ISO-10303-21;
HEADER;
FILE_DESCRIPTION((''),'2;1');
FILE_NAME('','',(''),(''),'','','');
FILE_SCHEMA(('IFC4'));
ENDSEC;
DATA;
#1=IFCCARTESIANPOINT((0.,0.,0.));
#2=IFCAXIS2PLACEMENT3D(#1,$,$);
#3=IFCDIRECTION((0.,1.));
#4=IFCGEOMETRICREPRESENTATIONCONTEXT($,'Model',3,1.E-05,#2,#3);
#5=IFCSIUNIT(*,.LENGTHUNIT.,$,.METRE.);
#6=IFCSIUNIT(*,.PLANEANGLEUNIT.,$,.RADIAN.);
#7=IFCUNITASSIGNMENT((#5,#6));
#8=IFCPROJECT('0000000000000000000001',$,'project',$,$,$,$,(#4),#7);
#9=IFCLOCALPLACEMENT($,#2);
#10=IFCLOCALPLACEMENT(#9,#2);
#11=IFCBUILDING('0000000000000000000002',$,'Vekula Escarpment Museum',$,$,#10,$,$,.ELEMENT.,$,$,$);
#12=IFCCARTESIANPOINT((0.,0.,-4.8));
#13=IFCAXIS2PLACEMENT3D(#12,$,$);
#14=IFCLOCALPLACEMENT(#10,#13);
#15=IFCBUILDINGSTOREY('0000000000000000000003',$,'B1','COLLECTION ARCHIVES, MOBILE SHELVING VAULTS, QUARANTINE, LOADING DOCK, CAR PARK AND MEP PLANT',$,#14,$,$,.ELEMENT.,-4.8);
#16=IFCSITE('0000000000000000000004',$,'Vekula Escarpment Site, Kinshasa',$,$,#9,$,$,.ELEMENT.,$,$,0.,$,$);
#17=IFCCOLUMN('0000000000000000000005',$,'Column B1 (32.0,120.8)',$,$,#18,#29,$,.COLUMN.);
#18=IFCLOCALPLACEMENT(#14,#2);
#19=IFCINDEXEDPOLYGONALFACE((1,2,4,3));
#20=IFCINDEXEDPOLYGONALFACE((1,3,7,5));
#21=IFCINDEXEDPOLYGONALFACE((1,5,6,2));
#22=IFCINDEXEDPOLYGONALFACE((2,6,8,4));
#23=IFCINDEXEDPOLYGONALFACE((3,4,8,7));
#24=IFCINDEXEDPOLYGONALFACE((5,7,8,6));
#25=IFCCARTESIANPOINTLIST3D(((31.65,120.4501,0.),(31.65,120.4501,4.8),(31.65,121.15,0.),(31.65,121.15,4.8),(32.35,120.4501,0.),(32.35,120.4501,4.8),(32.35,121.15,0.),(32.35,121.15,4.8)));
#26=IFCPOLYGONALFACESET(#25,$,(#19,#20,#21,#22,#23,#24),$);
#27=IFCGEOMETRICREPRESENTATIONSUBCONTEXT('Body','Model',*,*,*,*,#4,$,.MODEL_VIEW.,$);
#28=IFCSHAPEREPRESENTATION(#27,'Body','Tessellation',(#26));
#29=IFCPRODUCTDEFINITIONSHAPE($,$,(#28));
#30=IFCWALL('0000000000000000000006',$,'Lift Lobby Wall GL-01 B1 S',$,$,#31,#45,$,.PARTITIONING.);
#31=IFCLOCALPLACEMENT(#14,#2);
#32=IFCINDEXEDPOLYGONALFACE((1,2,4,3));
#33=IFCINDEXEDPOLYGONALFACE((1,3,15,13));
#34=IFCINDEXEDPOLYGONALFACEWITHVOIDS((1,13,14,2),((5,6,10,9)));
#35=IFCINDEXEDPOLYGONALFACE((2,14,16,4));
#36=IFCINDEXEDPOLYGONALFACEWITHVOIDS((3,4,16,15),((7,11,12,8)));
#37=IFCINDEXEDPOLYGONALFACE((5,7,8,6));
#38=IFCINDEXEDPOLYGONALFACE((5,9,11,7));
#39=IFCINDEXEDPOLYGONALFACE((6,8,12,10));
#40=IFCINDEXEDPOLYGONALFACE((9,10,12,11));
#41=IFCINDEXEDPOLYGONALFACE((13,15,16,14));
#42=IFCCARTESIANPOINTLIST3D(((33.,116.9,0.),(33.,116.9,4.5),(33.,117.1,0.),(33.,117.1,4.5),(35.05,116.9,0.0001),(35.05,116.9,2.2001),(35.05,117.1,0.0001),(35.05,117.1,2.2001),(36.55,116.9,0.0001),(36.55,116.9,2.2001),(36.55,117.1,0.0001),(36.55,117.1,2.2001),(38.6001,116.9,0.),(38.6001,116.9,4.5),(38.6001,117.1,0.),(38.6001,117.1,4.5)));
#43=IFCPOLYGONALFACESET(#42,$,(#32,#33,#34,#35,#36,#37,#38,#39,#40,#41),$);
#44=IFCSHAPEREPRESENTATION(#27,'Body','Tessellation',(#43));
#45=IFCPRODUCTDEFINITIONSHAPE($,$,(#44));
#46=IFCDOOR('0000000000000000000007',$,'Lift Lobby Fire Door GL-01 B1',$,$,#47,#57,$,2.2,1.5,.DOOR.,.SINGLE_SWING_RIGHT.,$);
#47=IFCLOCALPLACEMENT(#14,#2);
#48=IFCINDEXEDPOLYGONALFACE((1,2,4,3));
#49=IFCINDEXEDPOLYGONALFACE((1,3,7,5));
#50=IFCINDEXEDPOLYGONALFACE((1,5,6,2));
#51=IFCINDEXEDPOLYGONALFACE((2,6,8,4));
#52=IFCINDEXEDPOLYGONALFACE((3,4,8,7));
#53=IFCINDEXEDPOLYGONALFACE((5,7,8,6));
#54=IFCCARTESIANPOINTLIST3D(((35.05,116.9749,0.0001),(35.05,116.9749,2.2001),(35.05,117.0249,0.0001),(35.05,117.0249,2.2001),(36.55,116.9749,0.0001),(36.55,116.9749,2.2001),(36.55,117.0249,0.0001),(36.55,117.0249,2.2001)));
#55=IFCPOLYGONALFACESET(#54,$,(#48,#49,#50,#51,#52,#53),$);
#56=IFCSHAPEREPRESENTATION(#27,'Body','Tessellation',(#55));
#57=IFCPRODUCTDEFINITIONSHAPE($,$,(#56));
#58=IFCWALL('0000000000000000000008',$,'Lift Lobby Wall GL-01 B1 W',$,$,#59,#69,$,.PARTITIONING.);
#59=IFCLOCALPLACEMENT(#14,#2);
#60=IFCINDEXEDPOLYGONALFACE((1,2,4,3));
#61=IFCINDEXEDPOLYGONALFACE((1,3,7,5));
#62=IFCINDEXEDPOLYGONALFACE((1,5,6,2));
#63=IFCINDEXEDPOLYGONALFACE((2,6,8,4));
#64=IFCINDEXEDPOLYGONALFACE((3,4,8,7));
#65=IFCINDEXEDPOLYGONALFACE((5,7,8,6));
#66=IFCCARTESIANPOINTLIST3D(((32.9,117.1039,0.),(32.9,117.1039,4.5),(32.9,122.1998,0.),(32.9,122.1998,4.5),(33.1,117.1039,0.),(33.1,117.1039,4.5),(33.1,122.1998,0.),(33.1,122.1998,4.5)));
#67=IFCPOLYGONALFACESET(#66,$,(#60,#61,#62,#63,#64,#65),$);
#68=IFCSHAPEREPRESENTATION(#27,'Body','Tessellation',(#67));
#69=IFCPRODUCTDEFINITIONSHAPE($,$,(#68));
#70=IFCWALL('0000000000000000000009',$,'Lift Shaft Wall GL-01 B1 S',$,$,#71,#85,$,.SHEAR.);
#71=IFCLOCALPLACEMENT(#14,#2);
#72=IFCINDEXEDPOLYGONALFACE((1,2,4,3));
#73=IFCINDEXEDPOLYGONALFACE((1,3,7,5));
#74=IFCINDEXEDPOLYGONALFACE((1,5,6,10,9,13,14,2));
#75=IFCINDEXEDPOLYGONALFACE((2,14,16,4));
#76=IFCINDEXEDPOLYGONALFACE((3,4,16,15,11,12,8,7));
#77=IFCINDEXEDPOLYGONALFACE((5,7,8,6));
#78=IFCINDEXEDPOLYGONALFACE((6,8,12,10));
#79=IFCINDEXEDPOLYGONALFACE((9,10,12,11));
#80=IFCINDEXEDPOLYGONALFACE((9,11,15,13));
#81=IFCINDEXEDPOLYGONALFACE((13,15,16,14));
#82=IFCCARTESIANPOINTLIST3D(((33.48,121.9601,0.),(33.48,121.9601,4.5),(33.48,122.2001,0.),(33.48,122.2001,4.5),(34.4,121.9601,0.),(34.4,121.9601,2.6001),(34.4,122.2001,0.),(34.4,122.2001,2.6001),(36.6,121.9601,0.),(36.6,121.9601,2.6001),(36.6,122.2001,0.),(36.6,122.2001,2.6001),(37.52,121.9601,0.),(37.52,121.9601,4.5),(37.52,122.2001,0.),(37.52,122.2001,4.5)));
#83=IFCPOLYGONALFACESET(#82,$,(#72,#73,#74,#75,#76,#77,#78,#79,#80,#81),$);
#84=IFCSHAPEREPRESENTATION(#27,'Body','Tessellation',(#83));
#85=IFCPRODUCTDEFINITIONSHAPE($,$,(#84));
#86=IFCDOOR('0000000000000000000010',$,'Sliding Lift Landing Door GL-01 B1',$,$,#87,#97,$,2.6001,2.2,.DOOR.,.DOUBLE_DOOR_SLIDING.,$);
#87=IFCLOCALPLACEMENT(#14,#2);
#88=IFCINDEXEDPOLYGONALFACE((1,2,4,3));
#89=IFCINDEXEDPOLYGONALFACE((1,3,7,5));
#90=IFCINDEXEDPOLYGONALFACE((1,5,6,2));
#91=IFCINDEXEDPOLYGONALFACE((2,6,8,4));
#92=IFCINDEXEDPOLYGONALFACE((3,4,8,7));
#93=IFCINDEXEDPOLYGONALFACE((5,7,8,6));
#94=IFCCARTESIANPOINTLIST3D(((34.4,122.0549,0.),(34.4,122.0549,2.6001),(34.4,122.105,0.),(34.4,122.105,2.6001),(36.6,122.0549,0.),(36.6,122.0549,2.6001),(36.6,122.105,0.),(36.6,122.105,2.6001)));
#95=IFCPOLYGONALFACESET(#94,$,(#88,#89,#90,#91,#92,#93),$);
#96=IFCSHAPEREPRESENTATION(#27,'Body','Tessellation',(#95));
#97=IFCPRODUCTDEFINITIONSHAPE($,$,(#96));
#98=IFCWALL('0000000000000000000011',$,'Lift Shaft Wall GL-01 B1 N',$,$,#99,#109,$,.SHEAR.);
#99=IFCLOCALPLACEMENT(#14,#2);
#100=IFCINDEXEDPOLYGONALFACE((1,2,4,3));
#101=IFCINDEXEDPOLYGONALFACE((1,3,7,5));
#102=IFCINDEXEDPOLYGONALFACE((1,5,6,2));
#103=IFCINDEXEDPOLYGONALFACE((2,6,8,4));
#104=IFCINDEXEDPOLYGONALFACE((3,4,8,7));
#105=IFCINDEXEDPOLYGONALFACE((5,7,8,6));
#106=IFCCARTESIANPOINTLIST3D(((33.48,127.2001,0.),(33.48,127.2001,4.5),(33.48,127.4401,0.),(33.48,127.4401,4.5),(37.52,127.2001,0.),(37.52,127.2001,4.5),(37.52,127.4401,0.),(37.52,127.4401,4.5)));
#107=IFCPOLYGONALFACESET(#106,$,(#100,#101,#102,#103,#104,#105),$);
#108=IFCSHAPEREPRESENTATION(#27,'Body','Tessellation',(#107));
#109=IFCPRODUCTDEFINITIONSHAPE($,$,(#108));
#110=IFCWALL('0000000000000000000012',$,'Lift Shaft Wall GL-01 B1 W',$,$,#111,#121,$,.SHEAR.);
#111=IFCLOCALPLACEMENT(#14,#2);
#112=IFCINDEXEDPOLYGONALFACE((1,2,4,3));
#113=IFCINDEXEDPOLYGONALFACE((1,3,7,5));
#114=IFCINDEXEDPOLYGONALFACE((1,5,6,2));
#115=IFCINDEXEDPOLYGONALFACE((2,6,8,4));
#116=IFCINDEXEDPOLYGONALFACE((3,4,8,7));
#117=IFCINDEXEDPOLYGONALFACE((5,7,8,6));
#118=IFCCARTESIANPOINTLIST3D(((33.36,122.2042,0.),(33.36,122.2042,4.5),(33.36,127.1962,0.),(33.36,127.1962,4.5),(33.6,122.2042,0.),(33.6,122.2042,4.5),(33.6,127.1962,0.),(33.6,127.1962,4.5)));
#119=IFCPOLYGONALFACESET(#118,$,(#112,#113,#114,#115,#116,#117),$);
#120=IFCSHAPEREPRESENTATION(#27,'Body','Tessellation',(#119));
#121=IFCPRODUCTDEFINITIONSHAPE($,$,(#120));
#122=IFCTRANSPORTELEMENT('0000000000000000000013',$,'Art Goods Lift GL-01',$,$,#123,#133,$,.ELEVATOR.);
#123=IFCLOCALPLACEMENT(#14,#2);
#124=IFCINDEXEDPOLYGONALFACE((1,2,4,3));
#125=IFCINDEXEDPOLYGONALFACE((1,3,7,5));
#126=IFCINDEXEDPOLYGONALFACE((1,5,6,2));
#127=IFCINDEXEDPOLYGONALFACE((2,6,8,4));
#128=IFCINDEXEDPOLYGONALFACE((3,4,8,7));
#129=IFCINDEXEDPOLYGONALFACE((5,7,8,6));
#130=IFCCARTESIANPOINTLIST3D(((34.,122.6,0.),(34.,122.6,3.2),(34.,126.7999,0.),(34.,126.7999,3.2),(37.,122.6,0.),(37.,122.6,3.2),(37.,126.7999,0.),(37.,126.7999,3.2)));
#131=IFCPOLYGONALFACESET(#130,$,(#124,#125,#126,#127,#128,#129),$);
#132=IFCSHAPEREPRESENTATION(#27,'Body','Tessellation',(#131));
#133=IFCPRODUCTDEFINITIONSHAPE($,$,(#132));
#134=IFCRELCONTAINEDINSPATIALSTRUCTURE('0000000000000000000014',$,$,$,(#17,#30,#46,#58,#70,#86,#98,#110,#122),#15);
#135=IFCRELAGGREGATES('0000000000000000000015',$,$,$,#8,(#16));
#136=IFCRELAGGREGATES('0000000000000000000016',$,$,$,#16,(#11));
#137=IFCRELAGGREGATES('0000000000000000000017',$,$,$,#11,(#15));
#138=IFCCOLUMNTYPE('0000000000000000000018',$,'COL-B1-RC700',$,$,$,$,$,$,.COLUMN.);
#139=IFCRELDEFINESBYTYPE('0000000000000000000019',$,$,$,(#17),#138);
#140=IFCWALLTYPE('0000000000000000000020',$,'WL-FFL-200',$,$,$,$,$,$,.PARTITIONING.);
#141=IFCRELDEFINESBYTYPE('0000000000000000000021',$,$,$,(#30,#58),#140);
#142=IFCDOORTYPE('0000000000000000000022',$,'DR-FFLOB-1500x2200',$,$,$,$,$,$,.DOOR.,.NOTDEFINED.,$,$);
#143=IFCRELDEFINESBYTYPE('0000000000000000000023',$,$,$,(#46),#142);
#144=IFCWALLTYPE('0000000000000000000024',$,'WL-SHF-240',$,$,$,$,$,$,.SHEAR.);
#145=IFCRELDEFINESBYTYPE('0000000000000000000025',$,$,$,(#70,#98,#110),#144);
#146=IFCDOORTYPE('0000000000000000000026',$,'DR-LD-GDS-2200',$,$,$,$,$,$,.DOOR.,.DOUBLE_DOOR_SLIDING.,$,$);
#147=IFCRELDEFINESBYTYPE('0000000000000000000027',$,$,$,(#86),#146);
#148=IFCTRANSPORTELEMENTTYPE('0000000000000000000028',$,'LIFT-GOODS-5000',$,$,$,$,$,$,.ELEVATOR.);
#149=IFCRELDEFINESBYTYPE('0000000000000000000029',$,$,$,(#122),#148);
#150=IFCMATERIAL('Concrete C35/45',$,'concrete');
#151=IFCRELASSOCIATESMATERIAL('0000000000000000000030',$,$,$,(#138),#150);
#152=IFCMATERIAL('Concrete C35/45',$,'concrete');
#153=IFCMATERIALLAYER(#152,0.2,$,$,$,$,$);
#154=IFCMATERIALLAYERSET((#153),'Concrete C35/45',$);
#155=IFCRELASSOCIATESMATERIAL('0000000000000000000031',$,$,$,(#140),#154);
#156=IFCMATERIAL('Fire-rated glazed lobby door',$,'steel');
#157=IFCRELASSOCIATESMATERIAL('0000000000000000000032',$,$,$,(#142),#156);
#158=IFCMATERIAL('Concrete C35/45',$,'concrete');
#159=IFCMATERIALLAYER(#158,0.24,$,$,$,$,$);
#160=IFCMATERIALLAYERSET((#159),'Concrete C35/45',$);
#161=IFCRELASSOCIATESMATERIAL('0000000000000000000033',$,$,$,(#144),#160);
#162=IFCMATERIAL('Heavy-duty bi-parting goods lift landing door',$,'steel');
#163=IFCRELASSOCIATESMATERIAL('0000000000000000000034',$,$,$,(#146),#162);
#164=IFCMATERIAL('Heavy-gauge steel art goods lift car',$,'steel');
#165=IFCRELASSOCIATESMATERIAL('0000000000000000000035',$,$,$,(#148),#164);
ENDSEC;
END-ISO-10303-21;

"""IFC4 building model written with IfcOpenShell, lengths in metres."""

from ifc_helpers import new_model, si_unit, direction, frame, frame_2d, origin, origin_2d, place, context, subcontext, project, spatial, rectangle, extrude, material, layer, layer_set, material_profile, profile_set, type_object, element, fill, save


model = new_model("IFC4")

# Units and contexts
model_context = context("Model", 3, precision=1e-05, world=origin(), true_north=direction((0.0, 1.0)))
body_context = subcontext(model_context, "Body", "Model", "MODEL_VIEW")
ifc_project = project(units=[si_unit("LENGTHUNIT", "METRE"), si_unit("PLANEANGLEUNIT", "RADIAN")], contexts=[model_context])

# Site, building, storey
site_placement = place(None, origin())
site = spatial("IfcSite", under=ifc_project, at=site_placement, Name="Vekula Escarpment Site, Kinshasa", CompositionType="ELEMENT", RefElevation=0.0)
building_placement = place(site_placement, origin())
building = spatial("IfcBuilding", under=site, at=building_placement, Name="Vekula Escarpment Museum", CompositionType="ELEMENT")
storey_placement = place(building_placement, frame((0.0, 0.0, -4.8)))
storey = spatial("IfcBuildingStorey", under=building, at=storey_placement, Name="B1", Description="COLLECTION ARCHIVES, MOBILE SHELVING VAULTS, QUARANTINE, LOADING DOCK, CAR PARK AND MEP PLANT", CompositionType="ELEMENT", Elevation=-4.8)

# Column
ifc_material_1 = material(Name="Concrete C35/45", Category="concrete")
ifc_material_profile_1 = material_profile(ifc_material_1, rectangle(XDim=0.7, YDim=0.7, at=origin_2d()), Name="RC 700x700")
ifc_profile_set_1 = profile_set([ifc_material_profile_1], Name="Concrete C35/45")
column_type = type_object("IfcColumnType", Name="COL-B1-RC700", PredefinedType="COLUMN", material=ifc_profile_set_1)
for number, where, z_axis, x_axis, name in (
    (1, (32.0, 120.8, 0.0), (0.0, 0.0, 1.0), (1.0, 0.0, 0.0), "Column B1 (32.0,120.8)"),
):
    element("IfcColumn", number, at=place(storey_placement, frame(where, z_axis=z_axis, x_axis=x_axis)), inside=storey, type_object=column_type, Name=name, PredefinedType="COLUMN", context=body_context, shape_type="SweptSolid", body=[
        extrude(rectangle(XDim=0.7, YDim=0.7, at=origin_2d()), origin(), (0.0, 0.0, 1.0), 4.8),
    ])

# Wall, opening, door
ifc_material_2 = material(Name="Concrete C35/45", Category="concrete")
ifc_layer_1 = layer(ifc_material_2, 0.2)
ifc_layer_set_1 = layer_set([ifc_layer_1], Name="Concrete C35/45")
wall_type_1 = type_object("IfcWallType", Name="WL-FFL-200", PredefinedType="PARTITIONING", material=ifc_layer_set_1)
wall_1_placement = place(storey_placement, frame((33.0, 117.0, 0.0), z_axis=(0.0, 0.0, 1.0), x_axis=(1.0, 0.0, 0.0)))
wall_1 = element("IfcWall", 2, at=wall_1_placement, inside=storey, type_object=wall_type_1, Name="Lift Lobby Wall GL-01 B1 S", PredefinedType="PARTITIONING", context=body_context, shape_type="SweptSolid", body=[
    extrude(rectangle(XDim=5.6001, YDim=0.2, at=frame_2d((2.8, 0.0))), origin(), (0.0, 0.0, 1.0), 4.5),
])
opening_1_placement = place(wall_1_placement, frame((2.05, 0.0, 0.0)))
opening_1 = element("IfcOpeningElement", 3, at=opening_1_placement, cuts=wall_1, PredefinedType="OPENING", context=body_context, shape_type="SweptSolid", body=[
    extrude(rectangle(XDim=1.5, YDim=2.2, at=frame_2d((0.75, 1.1001))), frame((0.0, 0.1099, 0.0), z_axis=(0.0, -1.0, 0.0), x_axis=(1.0, 0.0, 0.0)), (0.0, 0.0, 1.0), 0.22),
])
ifc_material_3 = material(Name="Fire-rated glazed lobby door", Category="steel")
door_type_1 = type_object("IfcDoorType", Name="DR-FFLOB-1500x2200", OperationType="NOTDEFINED", PredefinedType="DOOR", material=ifc_material_3)
door_1_placement = place(opening_1_placement, origin())
door_1 = element("IfcDoor", 4, at=door_1_placement, inside=storey, type_object=door_type_1, Name="Lift Lobby Fire Door GL-01 B1", OperationType="SINGLE_SWING_RIGHT", OverallHeight=2.2, OverallWidth=1.5, PredefinedType="DOOR", context=body_context, shape_type="SweptSolid", body=[
    extrude(rectangle(XDim=1.5, YDim=2.2, at=frame_2d((0.75, 1.1001))), frame((0.0, 0.0249, 0.0), z_axis=(0.0, -1.0, 0.0), x_axis=(1.0, 0.0, 0.0)), (0.0, 0.0, 1.0), 0.05),
])
fill(opening_1, door_1)

# Wall
wall_2_placement = place(storey_placement, frame((33.0, 117.104, 0.0), z_axis=(0.0, 0.0, 1.0), x_axis=(0.0, 1.0, 0.0)))
element("IfcWall", 5, at=wall_2_placement, inside=storey, type_object=wall_type_1, Name="Lift Lobby Wall GL-01 B1 W", PredefinedType="PARTITIONING", context=body_context, shape_type="SweptSolid", body=[
    extrude(rectangle(XDim=5.0959, YDim=0.2, at=frame_2d((2.5479, 0.0))), origin(), (0.0, 0.0, 1.0), 4.5),
])

# Wall, opening, door
ifc_material_4 = material(Name="Concrete C35/45", Category="concrete")
ifc_layer_2 = layer(ifc_material_4, 0.24)
ifc_layer_set_2 = layer_set([ifc_layer_2], Name="Concrete C35/45")
wall_type_2 = type_object("IfcWallType", Name="WL-SHF-240", PredefinedType="SHEAR", material=ifc_layer_set_2)
wall_3_placement = place(storey_placement, frame((33.48, 122.0801, 0.0), z_axis=(0.0, 0.0, 1.0), x_axis=(1.0, 0.0, 0.0)))
wall_3 = element("IfcWall", 6, at=wall_3_placement, inside=storey, type_object=wall_type_2, Name="Lift Shaft Wall GL-01 B1 S", PredefinedType="SHEAR", context=body_context, shape_type="SweptSolid", body=[
    extrude(rectangle(XDim=4.04, YDim=0.24, at=frame_2d((2.02, 0.0))), origin(), (0.0, 0.0, 1.0), 4.5),
])
opening_2_placement = place(wall_3_placement, frame((0.9199, 0.0, 0.0)))
opening_2 = element("IfcOpeningElement", 7, at=opening_2_placement, cuts=wall_3, PredefinedType="OPENING", context=body_context, shape_type="SweptSolid", body=[
    extrude(rectangle(XDim=2.2, YDim=2.6001, at=frame_2d((1.1001, 1.3))), frame((0.0, 0.1299, 0.0), z_axis=(0.0, -1.0, 0.0), x_axis=(1.0, 0.0, 0.0)), (0.0, 0.0, 1.0), 0.26),
])
ifc_material_5 = material(Name="Heavy-duty bi-parting goods lift landing door", Category="steel")
door_type_2 = type_object("IfcDoorType", Name="DR-LD-GDS-2200", OperationType="DOUBLE_DOOR_SLIDING", PredefinedType="DOOR", material=ifc_material_5)
door_2_placement = place(opening_2_placement, origin())
door_2 = element("IfcDoor", 8, at=door_2_placement, inside=storey, type_object=door_type_2, Name="Sliding Lift Landing Door GL-01 B1", OperationType="DOUBLE_DOOR_SLIDING", OverallHeight=2.6001, OverallWidth=2.2, PredefinedType="DOOR", context=body_context, shape_type="SweptSolid", body=[
    extrude(rectangle(XDim=2.2, YDim=2.6001, at=frame_2d((1.1001, 1.3))), frame((0.0, 0.0249, 0.0), z_axis=(0.0, -1.0, 0.0), x_axis=(1.0, 0.0, 0.0)), (0.0, 0.0, 1.0), 0.05),
])
fill(opening_2, door_2)

# Walls
wall_4_placement = place(storey_placement, frame((33.48, 127.3201, 0.0), z_axis=(0.0, 0.0, 1.0), x_axis=(1.0, 0.0, 0.0)))
element("IfcWall", 9, at=wall_4_placement, inside=storey, type_object=wall_type_2, Name="Lift Shaft Wall GL-01 B1 N", PredefinedType="SHEAR", context=body_context, shape_type="SweptSolid", body=[
    extrude(rectangle(XDim=4.04, YDim=0.24, at=frame_2d((2.02, 0.0))), origin(), (0.0, 0.0, 1.0), 4.5),
])
wall_5_placement = place(storey_placement, frame((33.48, 122.2041, 0.0), z_axis=(0.0, 0.0, 1.0), x_axis=(0.0, 1.0, 0.0)))
element("IfcWall", 10, at=wall_5_placement, inside=storey, type_object=wall_type_2, Name="Lift Shaft Wall GL-01 B1 W", PredefinedType="SHEAR", context=body_context, shape_type="SweptSolid", body=[
    extrude(rectangle(XDim=4.9919, YDim=0.24, at=frame_2d((2.4961, 0.0))), origin(), (0.0, 0.0, 1.0), 4.5),
])

# Transport element
ifc_material_6 = material(Name="Heavy-gauge steel art goods lift car", Category="steel")
transport_element_type = type_object("IfcTransportElementType", Name="LIFT-GOODS-5000", PredefinedType="ELEVATOR", material=ifc_material_6)
transport_element_placement = place(storey_placement, frame((35.5, 124.7, 0.0), z_axis=(0.0, 0.0, 1.0), x_axis=(1.0, 0.0, 0.0)))
element("IfcTransportElement", 11, at=transport_element_placement, inside=storey, type_object=transport_element_type, Name="Art Goods Lift GL-01", PredefinedType="ELEVATOR", context=body_context, shape_type="SweptSolid", body=[
    extrude(rectangle(XDim=3.0, YDim=4.2, at=origin_2d()), origin(), (0.0, 0.0, 1.0), 3.2),
])

save(model, "model.ifc")
